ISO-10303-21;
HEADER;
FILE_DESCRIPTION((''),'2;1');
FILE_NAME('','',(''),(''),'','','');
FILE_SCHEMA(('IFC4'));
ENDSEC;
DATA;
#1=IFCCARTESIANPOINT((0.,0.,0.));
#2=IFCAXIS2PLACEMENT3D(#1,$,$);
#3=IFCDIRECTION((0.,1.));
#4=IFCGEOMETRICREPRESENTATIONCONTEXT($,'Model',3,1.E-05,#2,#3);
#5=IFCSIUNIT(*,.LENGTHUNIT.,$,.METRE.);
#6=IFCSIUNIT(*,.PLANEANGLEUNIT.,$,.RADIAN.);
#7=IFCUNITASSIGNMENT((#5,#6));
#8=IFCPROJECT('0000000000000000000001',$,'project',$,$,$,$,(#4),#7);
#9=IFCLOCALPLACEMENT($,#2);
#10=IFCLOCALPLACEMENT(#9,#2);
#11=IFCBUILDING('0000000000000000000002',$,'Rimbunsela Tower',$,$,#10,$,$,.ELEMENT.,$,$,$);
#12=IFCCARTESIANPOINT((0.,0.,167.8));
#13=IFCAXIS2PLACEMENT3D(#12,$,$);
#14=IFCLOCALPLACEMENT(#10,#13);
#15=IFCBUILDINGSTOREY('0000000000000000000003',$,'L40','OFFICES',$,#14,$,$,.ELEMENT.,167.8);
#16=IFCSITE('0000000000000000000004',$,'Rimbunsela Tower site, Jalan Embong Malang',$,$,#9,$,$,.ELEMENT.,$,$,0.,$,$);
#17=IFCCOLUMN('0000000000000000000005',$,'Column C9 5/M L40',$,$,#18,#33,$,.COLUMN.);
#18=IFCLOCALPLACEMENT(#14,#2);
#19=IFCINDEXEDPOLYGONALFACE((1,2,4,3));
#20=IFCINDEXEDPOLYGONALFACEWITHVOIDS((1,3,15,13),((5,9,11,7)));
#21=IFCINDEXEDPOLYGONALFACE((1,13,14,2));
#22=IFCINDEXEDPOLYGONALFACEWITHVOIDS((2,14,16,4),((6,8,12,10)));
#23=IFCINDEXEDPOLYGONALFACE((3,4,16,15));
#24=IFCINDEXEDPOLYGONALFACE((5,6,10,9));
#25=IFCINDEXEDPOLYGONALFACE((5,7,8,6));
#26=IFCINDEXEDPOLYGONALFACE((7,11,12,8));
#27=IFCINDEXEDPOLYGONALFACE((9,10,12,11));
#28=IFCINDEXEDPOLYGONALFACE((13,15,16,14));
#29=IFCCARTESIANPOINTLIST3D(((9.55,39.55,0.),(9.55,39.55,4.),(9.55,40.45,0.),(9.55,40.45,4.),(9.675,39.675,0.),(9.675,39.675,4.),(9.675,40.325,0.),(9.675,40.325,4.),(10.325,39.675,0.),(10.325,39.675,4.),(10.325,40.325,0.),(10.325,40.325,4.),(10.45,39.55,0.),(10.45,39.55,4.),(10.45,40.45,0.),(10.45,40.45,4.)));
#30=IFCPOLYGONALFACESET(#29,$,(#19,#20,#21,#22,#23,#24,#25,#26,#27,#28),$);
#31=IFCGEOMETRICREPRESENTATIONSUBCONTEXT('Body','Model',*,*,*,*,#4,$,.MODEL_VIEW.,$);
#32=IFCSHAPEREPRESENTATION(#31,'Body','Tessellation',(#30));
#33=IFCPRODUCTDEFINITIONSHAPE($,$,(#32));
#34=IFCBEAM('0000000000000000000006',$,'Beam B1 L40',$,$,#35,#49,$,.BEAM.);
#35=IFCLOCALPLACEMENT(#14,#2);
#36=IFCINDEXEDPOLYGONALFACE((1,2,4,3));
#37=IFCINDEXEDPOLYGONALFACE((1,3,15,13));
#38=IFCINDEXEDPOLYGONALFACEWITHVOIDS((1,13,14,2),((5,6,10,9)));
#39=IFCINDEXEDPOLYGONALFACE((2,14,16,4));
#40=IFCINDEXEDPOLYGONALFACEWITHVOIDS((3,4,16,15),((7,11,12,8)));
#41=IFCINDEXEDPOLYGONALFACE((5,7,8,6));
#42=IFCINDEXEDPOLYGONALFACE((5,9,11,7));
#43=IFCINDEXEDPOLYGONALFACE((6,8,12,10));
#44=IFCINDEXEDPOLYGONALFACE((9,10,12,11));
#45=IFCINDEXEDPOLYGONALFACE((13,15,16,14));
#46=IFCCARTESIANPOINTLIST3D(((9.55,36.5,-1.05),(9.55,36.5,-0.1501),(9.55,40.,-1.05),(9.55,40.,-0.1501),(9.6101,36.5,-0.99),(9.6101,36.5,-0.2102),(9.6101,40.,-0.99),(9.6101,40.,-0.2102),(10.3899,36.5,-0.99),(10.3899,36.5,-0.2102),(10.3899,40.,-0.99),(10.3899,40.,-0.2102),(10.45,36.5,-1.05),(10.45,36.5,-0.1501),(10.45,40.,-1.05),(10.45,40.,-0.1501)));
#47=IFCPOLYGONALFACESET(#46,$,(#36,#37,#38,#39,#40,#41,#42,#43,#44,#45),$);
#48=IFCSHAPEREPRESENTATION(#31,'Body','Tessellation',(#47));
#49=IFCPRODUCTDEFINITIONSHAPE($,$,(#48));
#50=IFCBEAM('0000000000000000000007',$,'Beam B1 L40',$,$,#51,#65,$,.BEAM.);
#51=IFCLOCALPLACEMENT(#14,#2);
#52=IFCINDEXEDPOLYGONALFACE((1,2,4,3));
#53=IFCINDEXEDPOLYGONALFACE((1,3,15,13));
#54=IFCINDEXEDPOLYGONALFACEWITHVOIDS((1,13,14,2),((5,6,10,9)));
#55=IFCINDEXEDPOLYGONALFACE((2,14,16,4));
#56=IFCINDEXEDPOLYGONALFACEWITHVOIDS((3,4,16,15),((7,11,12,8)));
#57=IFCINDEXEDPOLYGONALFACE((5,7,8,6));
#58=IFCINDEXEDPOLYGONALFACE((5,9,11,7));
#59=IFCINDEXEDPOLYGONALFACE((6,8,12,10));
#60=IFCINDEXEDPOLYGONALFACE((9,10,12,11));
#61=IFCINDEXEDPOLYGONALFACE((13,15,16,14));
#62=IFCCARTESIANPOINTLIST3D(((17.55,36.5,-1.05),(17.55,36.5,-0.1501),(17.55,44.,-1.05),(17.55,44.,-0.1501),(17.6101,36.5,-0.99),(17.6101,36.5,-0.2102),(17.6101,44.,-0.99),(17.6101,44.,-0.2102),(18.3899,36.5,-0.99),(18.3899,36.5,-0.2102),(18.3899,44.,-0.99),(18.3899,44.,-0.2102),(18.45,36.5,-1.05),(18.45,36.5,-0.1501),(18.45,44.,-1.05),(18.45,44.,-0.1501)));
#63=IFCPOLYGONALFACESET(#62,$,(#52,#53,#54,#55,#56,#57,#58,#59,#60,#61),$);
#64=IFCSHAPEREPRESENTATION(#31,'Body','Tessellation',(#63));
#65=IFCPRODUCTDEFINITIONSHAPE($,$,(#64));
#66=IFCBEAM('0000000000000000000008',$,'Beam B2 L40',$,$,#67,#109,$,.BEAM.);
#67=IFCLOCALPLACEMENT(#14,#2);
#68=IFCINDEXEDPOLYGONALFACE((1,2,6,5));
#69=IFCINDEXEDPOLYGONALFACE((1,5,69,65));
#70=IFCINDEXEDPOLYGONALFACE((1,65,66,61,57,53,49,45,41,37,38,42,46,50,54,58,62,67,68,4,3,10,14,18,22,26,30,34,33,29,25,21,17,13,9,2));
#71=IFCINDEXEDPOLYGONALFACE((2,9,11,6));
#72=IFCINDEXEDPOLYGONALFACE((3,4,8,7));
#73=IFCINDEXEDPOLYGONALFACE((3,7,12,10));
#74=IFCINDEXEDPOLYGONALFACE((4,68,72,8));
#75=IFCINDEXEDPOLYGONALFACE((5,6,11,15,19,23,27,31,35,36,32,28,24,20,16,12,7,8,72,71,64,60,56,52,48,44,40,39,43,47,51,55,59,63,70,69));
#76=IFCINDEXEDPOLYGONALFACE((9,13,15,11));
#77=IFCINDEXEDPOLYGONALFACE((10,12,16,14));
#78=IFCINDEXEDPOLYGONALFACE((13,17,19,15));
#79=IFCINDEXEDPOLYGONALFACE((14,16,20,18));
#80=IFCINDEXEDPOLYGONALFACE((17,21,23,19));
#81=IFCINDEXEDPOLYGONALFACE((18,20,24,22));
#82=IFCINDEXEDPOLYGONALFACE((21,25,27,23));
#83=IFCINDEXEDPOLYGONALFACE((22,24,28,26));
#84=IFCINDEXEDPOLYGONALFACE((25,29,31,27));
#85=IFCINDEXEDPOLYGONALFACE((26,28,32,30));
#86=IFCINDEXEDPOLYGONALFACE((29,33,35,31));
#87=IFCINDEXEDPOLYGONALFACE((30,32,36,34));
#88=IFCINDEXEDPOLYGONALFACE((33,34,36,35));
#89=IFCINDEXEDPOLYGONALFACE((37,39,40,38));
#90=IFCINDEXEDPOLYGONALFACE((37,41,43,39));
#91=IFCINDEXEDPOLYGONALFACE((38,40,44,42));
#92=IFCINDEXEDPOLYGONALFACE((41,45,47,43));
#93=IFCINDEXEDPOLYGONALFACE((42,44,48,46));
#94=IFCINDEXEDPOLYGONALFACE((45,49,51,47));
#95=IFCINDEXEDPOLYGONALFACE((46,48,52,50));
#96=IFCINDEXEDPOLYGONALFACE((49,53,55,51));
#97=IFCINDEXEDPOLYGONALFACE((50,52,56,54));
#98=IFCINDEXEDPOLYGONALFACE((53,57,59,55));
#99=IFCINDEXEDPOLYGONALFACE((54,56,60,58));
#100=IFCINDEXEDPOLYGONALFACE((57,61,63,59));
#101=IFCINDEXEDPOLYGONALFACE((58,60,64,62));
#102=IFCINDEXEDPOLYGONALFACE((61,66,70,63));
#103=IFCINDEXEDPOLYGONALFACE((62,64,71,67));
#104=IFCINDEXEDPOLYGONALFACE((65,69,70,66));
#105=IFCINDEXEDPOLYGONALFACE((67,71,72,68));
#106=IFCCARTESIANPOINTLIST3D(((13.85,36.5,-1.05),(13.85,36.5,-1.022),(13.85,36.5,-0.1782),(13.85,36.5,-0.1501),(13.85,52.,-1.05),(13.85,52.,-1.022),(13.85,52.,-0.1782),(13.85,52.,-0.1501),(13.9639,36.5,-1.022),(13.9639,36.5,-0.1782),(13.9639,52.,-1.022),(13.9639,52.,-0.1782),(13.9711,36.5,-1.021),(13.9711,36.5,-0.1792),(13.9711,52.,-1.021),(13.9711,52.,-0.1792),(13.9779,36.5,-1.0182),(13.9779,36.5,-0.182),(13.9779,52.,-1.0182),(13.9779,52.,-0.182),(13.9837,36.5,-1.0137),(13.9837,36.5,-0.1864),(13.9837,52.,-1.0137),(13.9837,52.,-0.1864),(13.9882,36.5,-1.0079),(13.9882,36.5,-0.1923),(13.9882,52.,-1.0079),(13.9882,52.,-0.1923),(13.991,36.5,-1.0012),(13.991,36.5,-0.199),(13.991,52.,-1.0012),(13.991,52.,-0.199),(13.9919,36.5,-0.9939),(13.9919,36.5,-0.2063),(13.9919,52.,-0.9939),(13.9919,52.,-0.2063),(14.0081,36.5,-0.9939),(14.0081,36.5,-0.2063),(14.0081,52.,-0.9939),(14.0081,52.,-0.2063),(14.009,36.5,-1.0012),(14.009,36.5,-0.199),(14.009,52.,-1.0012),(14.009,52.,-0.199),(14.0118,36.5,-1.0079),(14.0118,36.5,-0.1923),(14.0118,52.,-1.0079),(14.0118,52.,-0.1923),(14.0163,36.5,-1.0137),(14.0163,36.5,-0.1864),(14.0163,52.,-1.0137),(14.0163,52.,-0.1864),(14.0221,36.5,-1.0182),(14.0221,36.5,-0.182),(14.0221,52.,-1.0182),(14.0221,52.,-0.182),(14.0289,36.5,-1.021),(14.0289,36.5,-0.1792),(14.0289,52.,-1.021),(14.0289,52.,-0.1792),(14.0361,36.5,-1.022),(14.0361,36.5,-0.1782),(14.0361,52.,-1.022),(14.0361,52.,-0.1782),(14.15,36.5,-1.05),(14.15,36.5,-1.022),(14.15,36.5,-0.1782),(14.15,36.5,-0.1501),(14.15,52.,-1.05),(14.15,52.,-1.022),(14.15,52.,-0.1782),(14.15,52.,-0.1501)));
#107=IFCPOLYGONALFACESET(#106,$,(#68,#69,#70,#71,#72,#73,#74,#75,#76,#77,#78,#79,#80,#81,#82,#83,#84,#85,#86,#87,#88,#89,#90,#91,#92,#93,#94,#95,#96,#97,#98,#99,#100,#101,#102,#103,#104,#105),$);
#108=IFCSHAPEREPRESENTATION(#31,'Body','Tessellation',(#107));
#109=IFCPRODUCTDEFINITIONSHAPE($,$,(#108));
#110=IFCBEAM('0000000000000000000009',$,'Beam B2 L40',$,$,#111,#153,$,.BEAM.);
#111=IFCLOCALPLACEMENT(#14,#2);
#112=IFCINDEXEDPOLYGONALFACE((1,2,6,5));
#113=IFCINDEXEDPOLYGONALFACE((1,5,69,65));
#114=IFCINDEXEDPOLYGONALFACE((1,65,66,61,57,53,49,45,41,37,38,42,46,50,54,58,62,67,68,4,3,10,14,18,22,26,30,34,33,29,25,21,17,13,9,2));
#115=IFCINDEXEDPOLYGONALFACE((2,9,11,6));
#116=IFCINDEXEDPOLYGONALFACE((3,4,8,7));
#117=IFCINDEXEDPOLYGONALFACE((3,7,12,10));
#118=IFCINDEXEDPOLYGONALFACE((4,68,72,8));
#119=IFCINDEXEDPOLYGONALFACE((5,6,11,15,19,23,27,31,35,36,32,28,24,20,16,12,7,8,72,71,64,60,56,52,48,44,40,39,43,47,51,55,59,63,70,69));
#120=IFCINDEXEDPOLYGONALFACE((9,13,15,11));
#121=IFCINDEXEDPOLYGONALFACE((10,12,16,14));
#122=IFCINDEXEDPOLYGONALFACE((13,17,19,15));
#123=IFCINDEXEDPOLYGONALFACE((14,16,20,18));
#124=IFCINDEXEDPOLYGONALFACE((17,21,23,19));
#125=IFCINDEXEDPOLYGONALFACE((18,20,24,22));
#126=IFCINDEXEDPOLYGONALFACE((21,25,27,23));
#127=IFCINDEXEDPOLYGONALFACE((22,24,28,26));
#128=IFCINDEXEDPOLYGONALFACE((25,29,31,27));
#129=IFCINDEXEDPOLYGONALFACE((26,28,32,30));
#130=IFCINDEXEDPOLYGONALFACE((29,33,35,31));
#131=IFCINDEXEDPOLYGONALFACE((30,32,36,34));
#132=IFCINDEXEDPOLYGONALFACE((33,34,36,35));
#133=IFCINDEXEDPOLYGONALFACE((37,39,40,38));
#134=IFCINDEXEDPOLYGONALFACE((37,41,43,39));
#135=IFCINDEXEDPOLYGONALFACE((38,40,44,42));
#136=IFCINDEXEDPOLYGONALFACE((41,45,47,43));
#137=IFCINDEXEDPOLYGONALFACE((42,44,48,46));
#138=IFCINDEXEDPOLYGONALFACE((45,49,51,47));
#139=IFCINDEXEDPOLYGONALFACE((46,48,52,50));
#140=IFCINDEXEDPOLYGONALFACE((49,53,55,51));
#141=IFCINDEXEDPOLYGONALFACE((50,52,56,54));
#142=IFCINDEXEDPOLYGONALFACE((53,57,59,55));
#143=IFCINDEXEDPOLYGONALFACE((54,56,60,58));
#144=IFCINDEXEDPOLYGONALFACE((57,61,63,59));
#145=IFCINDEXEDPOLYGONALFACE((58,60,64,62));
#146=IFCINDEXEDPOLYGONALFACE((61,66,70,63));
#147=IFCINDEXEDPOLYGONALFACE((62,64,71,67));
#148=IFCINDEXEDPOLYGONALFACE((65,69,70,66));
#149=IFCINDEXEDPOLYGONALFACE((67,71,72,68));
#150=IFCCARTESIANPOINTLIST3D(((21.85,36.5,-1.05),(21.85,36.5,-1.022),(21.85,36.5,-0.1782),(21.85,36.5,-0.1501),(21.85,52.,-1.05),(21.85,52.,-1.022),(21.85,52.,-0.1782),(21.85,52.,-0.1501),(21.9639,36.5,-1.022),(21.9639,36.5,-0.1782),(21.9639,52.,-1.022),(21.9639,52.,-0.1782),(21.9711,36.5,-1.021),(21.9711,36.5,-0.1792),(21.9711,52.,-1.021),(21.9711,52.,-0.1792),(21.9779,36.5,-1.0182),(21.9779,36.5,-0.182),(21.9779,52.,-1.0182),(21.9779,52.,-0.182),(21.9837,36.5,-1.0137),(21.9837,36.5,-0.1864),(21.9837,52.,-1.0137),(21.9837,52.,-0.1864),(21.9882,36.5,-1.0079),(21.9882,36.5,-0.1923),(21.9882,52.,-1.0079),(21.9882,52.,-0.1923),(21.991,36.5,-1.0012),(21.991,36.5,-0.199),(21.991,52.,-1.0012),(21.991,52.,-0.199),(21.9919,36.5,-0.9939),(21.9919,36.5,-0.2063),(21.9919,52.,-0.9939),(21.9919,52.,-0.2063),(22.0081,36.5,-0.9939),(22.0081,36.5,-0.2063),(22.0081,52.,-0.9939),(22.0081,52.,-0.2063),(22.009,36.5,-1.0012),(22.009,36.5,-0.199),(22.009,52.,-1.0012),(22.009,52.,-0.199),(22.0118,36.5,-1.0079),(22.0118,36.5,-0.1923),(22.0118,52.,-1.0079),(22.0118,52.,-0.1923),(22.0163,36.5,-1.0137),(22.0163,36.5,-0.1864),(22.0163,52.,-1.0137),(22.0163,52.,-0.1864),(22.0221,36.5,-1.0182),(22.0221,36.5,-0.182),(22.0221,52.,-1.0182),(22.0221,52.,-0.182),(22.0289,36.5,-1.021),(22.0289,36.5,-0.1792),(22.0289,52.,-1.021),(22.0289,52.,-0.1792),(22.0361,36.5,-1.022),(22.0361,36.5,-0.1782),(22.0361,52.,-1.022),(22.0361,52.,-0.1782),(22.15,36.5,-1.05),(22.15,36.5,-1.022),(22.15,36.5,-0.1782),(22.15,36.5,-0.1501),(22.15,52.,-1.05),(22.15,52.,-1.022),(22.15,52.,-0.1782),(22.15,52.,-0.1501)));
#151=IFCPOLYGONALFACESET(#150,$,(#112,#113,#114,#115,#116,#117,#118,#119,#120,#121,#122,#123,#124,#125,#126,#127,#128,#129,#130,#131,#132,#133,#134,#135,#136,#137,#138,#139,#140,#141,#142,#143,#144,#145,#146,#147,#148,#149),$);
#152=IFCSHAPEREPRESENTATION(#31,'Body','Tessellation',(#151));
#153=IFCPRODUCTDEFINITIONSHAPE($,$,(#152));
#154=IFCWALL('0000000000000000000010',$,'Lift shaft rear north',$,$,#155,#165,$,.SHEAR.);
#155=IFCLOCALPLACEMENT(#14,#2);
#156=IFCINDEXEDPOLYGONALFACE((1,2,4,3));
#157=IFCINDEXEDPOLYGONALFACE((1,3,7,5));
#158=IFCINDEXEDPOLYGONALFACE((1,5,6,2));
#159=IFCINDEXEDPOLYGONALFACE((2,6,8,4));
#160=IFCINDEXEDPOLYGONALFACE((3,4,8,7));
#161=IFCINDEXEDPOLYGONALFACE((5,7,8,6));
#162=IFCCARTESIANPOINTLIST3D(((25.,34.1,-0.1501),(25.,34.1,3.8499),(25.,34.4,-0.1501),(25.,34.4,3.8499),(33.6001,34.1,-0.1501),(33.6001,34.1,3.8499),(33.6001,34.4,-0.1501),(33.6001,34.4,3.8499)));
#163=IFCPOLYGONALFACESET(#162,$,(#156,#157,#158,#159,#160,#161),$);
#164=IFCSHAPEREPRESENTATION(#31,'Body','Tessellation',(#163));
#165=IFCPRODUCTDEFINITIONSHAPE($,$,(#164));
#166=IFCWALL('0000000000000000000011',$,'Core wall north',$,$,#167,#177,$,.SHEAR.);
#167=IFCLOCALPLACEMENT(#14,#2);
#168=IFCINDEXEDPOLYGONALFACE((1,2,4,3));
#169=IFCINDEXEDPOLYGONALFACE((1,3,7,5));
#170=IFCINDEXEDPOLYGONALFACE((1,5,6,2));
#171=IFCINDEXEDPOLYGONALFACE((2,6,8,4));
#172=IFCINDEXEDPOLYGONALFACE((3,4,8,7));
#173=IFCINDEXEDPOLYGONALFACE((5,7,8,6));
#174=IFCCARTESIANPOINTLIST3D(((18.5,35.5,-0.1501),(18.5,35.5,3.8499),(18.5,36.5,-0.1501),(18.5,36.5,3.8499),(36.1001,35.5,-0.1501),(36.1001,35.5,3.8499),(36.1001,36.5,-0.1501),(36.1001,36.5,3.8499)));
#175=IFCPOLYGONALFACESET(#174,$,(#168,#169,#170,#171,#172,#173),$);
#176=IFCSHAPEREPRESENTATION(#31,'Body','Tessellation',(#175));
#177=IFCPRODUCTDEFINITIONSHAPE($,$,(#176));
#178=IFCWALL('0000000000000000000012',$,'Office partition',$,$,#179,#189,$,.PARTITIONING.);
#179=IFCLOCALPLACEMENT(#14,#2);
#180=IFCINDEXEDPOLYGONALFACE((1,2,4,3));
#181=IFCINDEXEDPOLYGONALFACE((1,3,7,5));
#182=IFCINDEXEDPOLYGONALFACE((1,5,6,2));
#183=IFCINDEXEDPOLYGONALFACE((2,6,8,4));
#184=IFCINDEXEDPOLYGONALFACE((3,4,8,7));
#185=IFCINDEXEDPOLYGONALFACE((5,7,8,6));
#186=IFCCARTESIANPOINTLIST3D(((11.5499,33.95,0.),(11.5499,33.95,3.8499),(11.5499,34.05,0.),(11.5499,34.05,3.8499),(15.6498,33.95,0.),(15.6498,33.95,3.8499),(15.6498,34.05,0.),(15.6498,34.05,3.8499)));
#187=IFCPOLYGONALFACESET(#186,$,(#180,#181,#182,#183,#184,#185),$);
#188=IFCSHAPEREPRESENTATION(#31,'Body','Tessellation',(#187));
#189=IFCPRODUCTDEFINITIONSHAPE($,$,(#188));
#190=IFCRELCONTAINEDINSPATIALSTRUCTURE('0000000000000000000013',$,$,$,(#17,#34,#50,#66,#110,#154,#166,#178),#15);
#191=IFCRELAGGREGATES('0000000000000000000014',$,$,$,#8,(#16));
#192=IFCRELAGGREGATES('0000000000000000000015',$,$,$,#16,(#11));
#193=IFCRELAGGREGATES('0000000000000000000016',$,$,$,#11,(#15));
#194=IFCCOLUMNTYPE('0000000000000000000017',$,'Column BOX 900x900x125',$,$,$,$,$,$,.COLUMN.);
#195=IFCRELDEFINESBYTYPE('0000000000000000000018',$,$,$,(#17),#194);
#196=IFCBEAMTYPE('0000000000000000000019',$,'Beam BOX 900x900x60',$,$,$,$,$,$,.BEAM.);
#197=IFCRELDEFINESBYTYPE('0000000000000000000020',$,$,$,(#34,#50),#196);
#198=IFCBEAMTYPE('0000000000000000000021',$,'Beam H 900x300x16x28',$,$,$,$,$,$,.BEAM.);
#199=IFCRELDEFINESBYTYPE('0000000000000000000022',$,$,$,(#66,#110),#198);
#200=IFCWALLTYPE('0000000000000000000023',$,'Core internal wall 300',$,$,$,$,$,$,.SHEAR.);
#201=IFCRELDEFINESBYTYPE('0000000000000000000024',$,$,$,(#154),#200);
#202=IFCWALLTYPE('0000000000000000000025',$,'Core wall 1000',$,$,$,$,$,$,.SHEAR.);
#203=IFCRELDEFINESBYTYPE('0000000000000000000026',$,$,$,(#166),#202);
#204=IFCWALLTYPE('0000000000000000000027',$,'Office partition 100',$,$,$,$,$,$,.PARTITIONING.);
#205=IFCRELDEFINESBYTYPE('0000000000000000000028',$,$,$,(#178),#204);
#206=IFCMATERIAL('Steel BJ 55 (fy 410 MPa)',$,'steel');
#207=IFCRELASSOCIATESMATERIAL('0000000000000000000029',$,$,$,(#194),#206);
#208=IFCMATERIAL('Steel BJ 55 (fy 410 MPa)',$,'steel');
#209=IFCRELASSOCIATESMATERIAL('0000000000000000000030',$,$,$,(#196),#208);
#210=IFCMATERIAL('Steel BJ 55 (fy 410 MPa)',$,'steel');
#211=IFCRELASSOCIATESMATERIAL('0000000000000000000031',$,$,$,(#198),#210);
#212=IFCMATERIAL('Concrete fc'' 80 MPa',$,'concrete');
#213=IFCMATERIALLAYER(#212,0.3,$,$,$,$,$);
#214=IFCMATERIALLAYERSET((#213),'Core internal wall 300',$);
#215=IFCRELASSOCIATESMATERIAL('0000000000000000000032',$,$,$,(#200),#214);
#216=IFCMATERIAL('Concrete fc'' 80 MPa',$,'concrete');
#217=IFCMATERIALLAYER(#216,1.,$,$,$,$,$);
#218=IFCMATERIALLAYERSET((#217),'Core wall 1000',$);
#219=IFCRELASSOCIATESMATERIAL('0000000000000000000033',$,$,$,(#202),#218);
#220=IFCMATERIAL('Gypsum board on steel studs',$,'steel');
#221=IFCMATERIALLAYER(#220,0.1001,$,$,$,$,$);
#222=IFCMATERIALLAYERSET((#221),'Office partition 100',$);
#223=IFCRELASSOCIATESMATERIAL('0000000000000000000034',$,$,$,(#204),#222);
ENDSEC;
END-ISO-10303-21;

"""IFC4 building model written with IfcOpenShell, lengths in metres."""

from ifc_helpers import new_model, si_unit, direction, frame, frame_2d, origin, origin_2d, place, context, subcontext, project, spatial, rectangle, hollow_rectangle, i_section, extrude, material, layer, layer_set, material_profile, profile_set, type_object, element, save


model = new_model("IFC4")

# Units and contexts
model_context = context("Model", 3, precision=1e-05, world=origin(), true_north=direction((0.0, 1.0)))
body_context = subcontext(model_context, "Body", "Model", "MODEL_VIEW")
ifc_project = project(units=[si_unit("LENGTHUNIT", "METRE"), si_unit("PLANEANGLEUNIT", "RADIAN")], contexts=[model_context])

# Site, building, storey
site_placement = place(None, origin())
site = spatial("IfcSite", under=ifc_project, at=site_placement, Name="Rimbunsela Tower site, Jalan Embong Malang", CompositionType="ELEMENT", RefElevation=0.0)
building_placement = place(site_placement, origin())
building = spatial("IfcBuilding", under=site, at=building_placement, Name="Rimbunsela Tower", CompositionType="ELEMENT")
storey_placement = place(building_placement, frame((0.0, 0.0, 167.8)))
storey = spatial("IfcBuildingStorey", under=building, at=storey_placement, Name="L40", Description="OFFICES", CompositionType="ELEMENT", Elevation=167.8)

# Column
ifc_material_1 = material(Name="Steel BJ 55 (fy 410 MPa)", Category="steel")
ifc_material_profile_1 = material_profile(ifc_material_1, hollow_rectangle(XDim=0.8999, YDim=0.8999, WallThickness=0.125, at=origin_2d()), Name="BOX 900x900x125")
ifc_profile_set_1 = profile_set([ifc_material_profile_1], Name="Steel BJ 55 (fy 410 MPa)")
column_type = type_object("IfcColumnType", Name="Column BOX 900x900x125", PredefinedType="COLUMN", material=ifc_profile_set_1)
column_placement = place(storey_placement, frame((10.0, 40.0, 0.0), z_axis=(0.0, 0.0, 1.0), x_axis=(1.0, 0.0, 0.0)))
element("IfcColumn", 1, at=column_placement, inside=storey, type_object=column_type, Name="Column C9 5/M L40", PredefinedType="COLUMN", context=body_context, shape_type="SweptSolid", body=[
    extrude(hollow_rectangle(XDim=0.8999, YDim=0.8999, WallThickness=0.125, at=origin_2d()), origin(), (0.0, 0.0, 1.0), 4.0),
])

# Beams
ifc_material_2 = material(Name="Steel BJ 55 (fy 410 MPa)", Category="steel")
ifc_material_profile_2 = material_profile(ifc_material_2, hollow_rectangle(XDim=0.8999, YDim=0.8999, WallThickness=0.0601, at=origin_2d()), Name="BOX 900x900x60")
ifc_profile_set_2 = profile_set([ifc_material_profile_2], Name="Steel BJ 55 (fy 410 MPa)")
beam_type_1 = type_object("IfcBeamType", Name="Beam BOX 900x900x60", PredefinedType="BEAM", material=ifc_profile_set_2)
beam_1_placement = place(storey_placement, frame((10.0, 36.5, -0.6001), z_axis=(0.0, 1.0, 0.0), x_axis=(-1.0, 0.0, 0.0)))
element("IfcBeam", 2, at=beam_1_placement, inside=storey, type_object=beam_type_1, Name="Beam B1 L40", PredefinedType="BEAM", context=body_context, shape_type="SweptSolid", body=[
    extrude(hollow_rectangle(XDim=0.8999, YDim=0.8999, WallThickness=0.0601, at=origin_2d()), origin(), (0.0, 0.0, 1.0), 3.5),
])
beam_2_placement = place(storey_placement, frame((18.0, 36.5, -0.6001), z_axis=(0.0, 1.0, 0.0), x_axis=(-1.0, 0.0, 0.0)))
element("IfcBeam", 3, at=beam_2_placement, inside=storey, type_object=beam_type_1, Name="Beam B1 L40", PredefinedType="BEAM", context=body_context, shape_type="SweptSolid", body=[
    extrude(hollow_rectangle(XDim=0.8999, YDim=0.8999, WallThickness=0.0601, at=origin_2d()), origin(), (0.0, 0.0, 1.0), 7.5),
])
ifc_material_3 = material(Name="Steel BJ 55 (fy 410 MPa)", Category="steel")
ifc_material_profile_3 = material_profile(ifc_material_3, i_section(OverallWidth=0.3, OverallDepth=0.8999, WebThickness=0.0161, FlangeThickness=0.0281, FilletRadius=0.0281, at=origin_2d()), Name="H 900x300x16x28")
ifc_profile_set_3 = profile_set([ifc_material_profile_3], Name="Steel BJ 55 (fy 410 MPa)")
beam_type_2 = type_object("IfcBeamType", Name="Beam H 900x300x16x28", PredefinedType="BEAM", material=ifc_profile_set_3)
for number, where, z_axis, x_axis, name in (
    (4, (14.0, 36.5, -0.6001), (0.0, 1.0, 0.0), (-1.0, 0.0, 0.0), "Beam B2 L40"),
    (5, (22.0, 36.5, -0.6001), (0.0, 1.0, 0.0), (-1.0, 0.0, 0.0), "Beam B2 L40"),
):
    element("IfcBeam", number, at=place(storey_placement, frame(where, z_axis=z_axis, x_axis=x_axis)), inside=storey, type_object=beam_type_2, Name=name, PredefinedType="BEAM", context=body_context, shape_type="SweptSolid", body=[
        extrude(i_section(OverallWidth=0.3, OverallDepth=0.8999, WebThickness=0.0161, FlangeThickness=0.0281, FilletRadius=0.0281, at=origin_2d()), origin(), (0.0, 0.0, 1.0), 15.5),
    ])

# Walls
ifc_material_4 = material(Name="Concrete fc' 80 MPa", Category="concrete")
ifc_layer_1 = layer(ifc_material_4, 0.3)
ifc_layer_set_1 = layer_set([ifc_layer_1], Name="Core internal wall 300")
wall_type_1 = type_object("IfcWallType", Name="Core internal wall 300", PredefinedType="SHEAR", material=ifc_layer_set_1)
wall_1_placement = place(storey_placement, frame((25.0, 34.25, -0.1501), z_axis=(0.0, 0.0, 1.0), x_axis=(1.0, 0.0, 0.0)))
element("IfcWall", 6, at=wall_1_placement, inside=storey, type_object=wall_type_1, Name="Lift shaft rear north", PredefinedType="SHEAR", context=body_context, shape_type="SweptSolid", body=[
    extrude(rectangle(XDim=8.6001, YDim=0.3, at=frame_2d((4.3, 0.0))), origin(), (0.0, 0.0, 1.0), 4.0),
])
ifc_material_5 = material(Name="Concrete fc' 80 MPa", Category="concrete")
ifc_layer_2 = layer(ifc_material_5, 1.0)
ifc_layer_set_2 = layer_set([ifc_layer_2], Name="Core wall 1000")
wall_type_2 = type_object("IfcWallType", Name="Core wall 1000", PredefinedType="SHEAR", material=ifc_layer_set_2)
wall_2_placement = place(storey_placement, frame((18.5, 36.0, -0.1501), z_axis=(0.0, 0.0, 1.0), x_axis=(1.0, 0.0, 0.0)))
element("IfcWall", 7, at=wall_2_placement, inside=storey, type_object=wall_type_2, Name="Core wall north", PredefinedType="SHEAR", context=body_context, shape_type="SweptSolid", body=[
    extrude(rectangle(XDim=17.6001, YDim=1.0, at=frame_2d((8.8, 0.0))), origin(), (0.0, 0.0, 1.0), 4.0),
])
ifc_material_6 = material(Name="Gypsum board on steel studs", Category="steel")
ifc_layer_3 = layer(ifc_material_6, 0.1001)
ifc_layer_set_3 = layer_set([ifc_layer_3], Name="Office partition 100")
wall_type_3 = type_object("IfcWallType", Name="Office partition 100", PredefinedType="PARTITIONING", material=ifc_layer_set_3)
wall_3_placement = place(storey_placement, frame((11.55, 34.0, 0.0), z_axis=(0.0, 0.0, 1.0), x_axis=(1.0, 0.0, 0.0)))
element("IfcWall", 8, at=wall_3_placement, inside=storey, type_object=wall_type_3, Name="Office partition", PredefinedType="PARTITIONING", context=body_context, shape_type="SweptSolid", body=[
    extrude(rectangle(XDim=4.0999, YDim=0.1001, at=frame_2d((2.0498, 0.0))), origin(), (0.0, 0.0, 1.0), 3.8499),
])

save(model, "model.ifc")
